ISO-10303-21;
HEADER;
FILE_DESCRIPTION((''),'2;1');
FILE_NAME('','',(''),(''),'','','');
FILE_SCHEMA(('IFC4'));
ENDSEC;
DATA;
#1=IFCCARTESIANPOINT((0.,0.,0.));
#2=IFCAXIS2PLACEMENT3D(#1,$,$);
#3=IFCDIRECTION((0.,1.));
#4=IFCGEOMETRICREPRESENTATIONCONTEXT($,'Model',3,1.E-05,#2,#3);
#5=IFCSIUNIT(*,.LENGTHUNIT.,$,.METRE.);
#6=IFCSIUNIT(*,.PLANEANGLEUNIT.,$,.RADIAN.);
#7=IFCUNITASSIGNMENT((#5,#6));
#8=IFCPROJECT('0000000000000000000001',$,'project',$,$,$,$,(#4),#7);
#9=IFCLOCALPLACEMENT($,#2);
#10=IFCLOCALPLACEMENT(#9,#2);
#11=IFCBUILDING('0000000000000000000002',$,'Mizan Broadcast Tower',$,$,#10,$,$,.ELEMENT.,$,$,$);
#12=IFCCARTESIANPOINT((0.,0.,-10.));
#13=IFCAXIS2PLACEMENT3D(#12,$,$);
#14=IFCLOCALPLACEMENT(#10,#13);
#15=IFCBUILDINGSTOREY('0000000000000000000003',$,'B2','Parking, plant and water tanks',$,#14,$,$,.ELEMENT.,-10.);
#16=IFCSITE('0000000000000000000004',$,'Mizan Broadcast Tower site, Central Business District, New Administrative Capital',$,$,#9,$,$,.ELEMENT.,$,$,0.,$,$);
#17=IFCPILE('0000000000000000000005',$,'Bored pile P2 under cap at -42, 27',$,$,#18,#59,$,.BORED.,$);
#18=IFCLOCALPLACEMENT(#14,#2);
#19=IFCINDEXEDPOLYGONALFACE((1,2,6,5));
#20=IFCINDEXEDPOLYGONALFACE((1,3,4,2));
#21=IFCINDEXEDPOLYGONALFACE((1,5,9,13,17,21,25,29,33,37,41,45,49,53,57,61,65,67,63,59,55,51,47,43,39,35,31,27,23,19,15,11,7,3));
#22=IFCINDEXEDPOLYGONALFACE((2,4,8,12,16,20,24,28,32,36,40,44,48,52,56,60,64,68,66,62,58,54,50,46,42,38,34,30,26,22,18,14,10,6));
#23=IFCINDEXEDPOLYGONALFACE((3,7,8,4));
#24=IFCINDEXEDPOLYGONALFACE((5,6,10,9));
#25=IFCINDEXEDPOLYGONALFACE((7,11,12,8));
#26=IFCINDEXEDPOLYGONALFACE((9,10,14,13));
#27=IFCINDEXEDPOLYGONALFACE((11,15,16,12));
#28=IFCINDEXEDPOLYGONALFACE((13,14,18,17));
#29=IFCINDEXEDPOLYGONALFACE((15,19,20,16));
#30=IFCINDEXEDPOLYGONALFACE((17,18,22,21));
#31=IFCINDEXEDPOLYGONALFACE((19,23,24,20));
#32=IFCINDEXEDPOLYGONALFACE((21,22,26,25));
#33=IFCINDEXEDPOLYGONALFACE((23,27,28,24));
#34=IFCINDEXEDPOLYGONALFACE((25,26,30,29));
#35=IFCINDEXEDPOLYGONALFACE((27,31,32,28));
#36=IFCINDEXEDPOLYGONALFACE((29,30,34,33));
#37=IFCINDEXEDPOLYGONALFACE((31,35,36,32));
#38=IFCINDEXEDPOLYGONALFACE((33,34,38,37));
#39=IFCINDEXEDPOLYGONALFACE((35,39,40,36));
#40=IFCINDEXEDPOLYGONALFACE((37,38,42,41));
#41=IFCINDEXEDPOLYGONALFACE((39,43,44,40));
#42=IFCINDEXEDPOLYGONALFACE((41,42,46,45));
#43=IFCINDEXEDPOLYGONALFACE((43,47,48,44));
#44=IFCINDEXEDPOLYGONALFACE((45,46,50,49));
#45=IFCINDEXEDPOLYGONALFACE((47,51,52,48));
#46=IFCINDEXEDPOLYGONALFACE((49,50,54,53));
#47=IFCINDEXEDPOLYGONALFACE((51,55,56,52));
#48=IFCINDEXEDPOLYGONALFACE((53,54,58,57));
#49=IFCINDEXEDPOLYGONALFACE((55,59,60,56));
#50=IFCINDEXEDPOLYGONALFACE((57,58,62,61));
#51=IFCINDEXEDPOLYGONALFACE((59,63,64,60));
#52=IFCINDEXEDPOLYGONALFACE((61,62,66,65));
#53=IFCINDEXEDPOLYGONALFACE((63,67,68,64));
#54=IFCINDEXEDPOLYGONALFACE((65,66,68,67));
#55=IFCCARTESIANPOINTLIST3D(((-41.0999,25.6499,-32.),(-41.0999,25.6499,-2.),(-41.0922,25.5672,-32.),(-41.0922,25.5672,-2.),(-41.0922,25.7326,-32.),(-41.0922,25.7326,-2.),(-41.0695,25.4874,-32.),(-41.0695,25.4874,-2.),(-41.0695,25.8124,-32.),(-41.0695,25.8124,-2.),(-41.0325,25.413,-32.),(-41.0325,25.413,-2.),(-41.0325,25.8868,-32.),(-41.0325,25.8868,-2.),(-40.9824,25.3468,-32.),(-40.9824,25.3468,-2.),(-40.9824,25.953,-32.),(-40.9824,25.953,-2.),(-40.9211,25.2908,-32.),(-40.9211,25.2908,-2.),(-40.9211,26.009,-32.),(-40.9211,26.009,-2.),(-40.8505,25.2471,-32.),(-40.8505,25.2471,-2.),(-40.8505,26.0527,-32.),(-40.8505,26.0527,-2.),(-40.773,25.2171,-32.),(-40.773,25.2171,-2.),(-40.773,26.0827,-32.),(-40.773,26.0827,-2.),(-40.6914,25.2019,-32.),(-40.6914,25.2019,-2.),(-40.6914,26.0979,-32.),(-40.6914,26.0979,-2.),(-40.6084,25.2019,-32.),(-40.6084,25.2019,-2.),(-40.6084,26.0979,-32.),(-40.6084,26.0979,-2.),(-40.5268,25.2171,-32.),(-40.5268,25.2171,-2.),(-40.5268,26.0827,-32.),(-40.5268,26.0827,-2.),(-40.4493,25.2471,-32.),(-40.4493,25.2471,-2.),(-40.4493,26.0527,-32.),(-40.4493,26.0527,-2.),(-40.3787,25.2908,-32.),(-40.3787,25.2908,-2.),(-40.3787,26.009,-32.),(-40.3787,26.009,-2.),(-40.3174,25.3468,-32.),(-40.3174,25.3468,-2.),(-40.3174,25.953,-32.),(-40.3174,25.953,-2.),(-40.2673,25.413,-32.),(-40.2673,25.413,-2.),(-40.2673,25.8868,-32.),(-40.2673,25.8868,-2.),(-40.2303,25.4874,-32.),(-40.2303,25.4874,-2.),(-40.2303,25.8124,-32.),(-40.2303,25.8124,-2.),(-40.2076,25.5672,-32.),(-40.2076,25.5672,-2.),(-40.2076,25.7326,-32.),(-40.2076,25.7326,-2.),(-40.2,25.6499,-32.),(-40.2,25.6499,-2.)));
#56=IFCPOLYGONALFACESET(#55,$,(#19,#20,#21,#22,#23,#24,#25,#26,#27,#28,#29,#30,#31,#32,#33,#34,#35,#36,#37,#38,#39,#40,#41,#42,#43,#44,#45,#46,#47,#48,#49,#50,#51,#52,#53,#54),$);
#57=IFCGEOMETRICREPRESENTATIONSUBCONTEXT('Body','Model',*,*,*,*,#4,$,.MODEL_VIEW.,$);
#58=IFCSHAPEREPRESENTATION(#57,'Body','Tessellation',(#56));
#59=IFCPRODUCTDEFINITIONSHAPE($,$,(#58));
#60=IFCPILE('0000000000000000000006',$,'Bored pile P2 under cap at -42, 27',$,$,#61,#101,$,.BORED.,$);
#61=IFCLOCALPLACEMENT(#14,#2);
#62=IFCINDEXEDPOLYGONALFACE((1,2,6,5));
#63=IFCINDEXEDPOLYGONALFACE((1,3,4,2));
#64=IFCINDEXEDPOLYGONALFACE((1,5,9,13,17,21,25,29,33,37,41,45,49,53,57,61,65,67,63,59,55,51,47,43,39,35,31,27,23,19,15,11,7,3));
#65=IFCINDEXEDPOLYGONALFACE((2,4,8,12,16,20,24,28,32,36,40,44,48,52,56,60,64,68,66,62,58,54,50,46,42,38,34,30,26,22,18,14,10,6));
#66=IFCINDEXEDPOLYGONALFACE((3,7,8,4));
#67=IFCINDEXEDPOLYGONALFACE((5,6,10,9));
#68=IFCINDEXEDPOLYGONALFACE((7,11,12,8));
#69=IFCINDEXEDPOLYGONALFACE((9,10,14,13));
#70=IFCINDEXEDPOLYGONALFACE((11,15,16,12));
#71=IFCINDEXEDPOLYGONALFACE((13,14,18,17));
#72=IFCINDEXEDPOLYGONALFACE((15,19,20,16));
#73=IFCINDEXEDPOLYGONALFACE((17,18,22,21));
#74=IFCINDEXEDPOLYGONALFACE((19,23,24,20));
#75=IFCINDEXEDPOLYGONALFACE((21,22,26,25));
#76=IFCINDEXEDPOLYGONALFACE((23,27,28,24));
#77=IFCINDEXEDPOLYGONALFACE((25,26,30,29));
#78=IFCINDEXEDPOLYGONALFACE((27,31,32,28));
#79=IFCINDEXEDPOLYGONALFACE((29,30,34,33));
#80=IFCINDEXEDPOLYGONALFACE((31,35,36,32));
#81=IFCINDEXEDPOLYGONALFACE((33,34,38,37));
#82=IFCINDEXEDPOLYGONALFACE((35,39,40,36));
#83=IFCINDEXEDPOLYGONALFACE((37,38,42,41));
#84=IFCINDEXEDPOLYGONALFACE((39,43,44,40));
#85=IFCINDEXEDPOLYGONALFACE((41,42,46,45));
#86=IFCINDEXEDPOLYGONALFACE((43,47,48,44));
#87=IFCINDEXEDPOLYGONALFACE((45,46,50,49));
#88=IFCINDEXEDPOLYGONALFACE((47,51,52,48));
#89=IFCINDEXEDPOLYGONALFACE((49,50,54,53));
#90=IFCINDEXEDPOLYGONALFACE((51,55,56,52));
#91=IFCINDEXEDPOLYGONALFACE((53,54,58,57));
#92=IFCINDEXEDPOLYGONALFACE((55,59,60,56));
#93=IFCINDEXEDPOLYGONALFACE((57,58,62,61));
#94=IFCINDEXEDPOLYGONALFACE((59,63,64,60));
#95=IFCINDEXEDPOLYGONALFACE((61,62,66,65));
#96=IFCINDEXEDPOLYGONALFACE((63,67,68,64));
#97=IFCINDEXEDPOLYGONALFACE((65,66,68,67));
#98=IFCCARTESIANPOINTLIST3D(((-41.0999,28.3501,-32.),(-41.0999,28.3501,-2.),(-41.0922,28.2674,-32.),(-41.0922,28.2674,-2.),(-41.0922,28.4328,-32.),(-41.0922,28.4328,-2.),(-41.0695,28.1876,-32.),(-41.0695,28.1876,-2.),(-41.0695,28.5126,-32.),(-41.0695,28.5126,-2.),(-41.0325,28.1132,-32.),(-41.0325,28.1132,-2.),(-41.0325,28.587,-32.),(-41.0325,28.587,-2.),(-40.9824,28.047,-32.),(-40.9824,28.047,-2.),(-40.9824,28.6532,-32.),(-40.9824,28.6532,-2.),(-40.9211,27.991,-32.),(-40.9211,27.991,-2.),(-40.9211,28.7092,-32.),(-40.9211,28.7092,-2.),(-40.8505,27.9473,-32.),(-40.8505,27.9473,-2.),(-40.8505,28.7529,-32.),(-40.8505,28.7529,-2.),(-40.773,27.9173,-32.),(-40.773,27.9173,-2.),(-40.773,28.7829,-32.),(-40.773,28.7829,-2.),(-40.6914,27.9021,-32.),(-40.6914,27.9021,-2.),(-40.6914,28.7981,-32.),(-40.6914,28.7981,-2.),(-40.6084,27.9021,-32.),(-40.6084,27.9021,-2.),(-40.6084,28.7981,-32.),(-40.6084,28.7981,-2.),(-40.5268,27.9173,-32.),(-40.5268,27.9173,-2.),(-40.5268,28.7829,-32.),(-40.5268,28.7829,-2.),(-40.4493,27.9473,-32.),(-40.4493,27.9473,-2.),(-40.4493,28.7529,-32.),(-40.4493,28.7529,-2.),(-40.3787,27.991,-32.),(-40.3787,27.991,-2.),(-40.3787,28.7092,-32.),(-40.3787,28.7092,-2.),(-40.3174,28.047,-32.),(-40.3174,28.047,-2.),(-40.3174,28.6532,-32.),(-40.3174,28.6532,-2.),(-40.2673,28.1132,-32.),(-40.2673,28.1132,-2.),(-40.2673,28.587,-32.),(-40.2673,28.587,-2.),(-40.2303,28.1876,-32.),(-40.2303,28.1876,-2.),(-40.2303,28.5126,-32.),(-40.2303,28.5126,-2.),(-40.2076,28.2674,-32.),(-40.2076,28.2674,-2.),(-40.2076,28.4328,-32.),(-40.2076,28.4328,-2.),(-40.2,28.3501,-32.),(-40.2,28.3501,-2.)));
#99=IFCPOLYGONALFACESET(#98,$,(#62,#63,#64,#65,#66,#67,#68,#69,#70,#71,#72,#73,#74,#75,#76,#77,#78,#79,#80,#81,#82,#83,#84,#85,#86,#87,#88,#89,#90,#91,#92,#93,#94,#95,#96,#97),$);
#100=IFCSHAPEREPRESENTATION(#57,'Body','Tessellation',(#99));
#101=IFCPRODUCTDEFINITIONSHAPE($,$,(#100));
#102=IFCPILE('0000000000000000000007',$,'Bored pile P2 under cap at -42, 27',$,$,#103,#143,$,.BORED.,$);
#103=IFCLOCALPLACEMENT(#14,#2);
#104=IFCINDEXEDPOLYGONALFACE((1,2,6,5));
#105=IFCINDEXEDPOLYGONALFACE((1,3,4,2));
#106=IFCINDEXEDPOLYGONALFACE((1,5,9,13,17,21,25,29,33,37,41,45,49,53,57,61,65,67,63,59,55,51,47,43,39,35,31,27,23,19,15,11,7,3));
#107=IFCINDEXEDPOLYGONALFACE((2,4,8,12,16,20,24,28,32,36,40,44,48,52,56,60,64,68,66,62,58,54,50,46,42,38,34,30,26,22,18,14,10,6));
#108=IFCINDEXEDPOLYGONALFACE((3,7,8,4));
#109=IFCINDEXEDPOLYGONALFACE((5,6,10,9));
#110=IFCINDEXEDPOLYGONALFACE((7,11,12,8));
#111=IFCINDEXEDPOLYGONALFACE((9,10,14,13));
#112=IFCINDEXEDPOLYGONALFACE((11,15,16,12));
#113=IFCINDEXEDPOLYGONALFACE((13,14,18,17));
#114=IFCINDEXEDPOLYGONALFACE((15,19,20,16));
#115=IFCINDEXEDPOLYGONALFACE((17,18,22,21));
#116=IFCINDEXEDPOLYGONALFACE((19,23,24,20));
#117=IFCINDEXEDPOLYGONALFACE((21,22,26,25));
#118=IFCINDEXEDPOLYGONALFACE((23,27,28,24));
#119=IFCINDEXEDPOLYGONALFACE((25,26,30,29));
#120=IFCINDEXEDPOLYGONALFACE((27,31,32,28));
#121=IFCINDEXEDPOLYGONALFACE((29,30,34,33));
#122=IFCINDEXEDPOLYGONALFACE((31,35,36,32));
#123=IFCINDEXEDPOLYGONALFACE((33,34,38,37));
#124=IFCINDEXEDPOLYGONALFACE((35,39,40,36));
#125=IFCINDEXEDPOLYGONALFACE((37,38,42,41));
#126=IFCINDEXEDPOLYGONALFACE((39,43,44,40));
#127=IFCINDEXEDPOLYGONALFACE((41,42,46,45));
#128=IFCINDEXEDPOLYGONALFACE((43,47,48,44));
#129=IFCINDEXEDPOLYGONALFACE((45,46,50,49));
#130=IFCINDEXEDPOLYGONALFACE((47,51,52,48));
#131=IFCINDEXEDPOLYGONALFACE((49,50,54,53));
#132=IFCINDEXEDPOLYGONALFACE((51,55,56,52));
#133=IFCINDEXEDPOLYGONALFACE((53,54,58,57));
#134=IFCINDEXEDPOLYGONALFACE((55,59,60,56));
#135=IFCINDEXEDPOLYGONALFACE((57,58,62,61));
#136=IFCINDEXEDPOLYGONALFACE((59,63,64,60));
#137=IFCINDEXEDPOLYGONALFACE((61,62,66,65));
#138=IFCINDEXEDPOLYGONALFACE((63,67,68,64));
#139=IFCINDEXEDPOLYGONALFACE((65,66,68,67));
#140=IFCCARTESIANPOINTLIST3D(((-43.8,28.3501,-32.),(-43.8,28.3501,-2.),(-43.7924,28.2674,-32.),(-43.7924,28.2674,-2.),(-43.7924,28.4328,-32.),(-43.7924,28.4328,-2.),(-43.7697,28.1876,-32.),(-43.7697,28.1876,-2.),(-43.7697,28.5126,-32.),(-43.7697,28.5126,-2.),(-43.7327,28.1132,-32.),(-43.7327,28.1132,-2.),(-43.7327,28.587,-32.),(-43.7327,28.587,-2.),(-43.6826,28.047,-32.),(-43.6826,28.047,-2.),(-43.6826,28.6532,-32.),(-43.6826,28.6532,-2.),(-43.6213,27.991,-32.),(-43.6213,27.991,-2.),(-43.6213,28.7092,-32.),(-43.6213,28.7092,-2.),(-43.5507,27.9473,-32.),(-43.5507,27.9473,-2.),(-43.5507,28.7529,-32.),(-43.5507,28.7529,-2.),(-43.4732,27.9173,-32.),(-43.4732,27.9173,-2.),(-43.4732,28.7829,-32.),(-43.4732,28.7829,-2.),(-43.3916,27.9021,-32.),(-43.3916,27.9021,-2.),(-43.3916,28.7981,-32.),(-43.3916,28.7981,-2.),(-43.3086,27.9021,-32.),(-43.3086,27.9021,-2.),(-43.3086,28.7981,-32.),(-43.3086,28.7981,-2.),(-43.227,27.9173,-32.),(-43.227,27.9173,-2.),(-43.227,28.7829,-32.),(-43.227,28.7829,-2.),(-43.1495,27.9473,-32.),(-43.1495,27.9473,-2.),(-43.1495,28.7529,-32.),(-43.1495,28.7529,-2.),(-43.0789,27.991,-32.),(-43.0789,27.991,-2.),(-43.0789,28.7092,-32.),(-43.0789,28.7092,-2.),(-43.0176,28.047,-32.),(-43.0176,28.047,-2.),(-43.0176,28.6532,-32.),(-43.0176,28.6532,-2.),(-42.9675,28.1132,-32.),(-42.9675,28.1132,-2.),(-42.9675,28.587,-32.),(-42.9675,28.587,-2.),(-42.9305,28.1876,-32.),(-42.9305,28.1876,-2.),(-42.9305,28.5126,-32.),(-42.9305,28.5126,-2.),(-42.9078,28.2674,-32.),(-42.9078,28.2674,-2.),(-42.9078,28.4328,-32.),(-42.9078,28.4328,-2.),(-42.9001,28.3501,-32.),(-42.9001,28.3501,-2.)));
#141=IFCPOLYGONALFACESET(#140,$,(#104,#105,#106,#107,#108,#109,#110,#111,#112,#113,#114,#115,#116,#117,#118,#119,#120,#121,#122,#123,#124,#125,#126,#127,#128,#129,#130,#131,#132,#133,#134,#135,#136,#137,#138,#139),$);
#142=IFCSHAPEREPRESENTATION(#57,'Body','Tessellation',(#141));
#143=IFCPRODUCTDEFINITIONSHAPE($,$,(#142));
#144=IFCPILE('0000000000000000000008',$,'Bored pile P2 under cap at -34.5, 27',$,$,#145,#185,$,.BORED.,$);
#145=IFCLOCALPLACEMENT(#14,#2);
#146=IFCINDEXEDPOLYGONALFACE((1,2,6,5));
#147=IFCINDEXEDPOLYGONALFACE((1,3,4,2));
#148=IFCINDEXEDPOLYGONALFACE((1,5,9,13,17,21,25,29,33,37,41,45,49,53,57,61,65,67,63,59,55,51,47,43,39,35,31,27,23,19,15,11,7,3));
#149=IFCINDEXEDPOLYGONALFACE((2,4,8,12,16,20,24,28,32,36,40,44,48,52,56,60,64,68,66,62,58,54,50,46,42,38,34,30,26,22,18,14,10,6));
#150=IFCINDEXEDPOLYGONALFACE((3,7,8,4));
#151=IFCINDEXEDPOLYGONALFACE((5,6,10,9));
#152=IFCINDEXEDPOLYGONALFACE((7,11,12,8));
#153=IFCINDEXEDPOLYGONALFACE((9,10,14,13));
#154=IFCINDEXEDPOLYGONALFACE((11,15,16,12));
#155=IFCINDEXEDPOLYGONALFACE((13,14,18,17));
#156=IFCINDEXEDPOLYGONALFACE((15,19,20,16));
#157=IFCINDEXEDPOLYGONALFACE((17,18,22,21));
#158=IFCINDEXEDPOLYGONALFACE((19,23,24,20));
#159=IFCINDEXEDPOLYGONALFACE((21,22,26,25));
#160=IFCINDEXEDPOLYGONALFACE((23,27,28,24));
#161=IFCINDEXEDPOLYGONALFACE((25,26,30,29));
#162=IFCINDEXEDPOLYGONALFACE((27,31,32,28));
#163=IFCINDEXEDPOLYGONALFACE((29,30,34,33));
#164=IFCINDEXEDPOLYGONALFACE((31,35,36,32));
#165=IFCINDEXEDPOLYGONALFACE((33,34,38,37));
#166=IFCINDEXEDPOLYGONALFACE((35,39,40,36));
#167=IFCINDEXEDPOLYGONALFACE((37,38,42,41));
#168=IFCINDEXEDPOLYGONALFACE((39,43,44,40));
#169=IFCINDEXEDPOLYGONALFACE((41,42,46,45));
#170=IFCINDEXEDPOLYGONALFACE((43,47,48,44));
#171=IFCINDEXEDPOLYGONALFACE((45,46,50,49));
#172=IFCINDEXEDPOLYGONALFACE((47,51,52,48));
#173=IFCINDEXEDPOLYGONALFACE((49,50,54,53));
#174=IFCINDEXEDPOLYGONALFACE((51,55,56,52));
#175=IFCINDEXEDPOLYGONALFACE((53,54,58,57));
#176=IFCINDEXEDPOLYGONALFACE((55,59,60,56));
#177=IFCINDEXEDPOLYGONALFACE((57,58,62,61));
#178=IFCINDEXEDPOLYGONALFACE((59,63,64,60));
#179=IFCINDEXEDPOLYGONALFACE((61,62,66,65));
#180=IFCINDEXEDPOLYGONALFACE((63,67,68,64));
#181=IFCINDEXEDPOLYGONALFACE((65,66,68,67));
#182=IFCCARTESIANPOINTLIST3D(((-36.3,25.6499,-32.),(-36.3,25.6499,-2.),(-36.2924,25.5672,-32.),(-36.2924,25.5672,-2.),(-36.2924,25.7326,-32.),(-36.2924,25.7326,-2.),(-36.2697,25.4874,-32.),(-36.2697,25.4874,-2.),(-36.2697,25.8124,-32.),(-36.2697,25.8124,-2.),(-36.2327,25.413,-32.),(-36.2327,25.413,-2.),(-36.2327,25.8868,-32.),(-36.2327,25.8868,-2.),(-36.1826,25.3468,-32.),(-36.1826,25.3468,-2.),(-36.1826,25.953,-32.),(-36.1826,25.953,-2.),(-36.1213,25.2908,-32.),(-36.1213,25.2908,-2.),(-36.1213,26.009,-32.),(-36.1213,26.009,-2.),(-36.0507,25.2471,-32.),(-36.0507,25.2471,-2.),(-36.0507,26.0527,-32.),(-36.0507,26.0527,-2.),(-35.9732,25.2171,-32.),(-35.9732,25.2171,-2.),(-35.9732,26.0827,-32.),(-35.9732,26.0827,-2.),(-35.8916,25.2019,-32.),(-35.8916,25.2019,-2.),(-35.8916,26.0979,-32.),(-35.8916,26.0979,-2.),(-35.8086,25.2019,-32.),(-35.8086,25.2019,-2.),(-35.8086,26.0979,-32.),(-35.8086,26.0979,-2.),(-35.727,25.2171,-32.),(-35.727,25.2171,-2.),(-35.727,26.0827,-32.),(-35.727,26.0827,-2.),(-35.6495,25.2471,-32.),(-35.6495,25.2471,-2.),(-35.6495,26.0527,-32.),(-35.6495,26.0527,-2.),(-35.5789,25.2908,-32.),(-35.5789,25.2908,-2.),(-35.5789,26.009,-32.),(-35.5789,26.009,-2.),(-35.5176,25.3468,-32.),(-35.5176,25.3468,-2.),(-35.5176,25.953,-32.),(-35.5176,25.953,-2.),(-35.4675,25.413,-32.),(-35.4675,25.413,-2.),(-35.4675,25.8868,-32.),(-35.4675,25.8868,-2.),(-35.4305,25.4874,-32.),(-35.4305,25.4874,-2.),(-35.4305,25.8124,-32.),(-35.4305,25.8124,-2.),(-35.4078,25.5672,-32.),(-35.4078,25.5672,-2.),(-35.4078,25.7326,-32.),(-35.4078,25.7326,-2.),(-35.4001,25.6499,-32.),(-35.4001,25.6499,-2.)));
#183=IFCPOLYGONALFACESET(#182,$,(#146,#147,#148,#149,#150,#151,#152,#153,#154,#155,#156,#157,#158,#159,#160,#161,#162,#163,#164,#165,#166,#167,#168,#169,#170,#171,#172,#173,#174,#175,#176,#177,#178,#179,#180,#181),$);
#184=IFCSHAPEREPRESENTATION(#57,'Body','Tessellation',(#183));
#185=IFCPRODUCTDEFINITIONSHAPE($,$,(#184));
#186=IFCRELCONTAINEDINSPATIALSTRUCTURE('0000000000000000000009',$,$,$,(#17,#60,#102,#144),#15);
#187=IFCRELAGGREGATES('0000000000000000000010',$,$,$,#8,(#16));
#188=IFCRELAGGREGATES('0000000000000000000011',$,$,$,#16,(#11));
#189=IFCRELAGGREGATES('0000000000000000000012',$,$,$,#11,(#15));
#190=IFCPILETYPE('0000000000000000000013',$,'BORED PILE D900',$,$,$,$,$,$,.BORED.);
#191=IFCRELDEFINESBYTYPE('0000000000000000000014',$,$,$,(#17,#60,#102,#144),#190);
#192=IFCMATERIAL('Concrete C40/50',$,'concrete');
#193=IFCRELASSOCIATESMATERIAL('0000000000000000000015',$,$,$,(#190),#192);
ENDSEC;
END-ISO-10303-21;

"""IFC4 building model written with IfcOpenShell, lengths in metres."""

from ifc_helpers import new_model, si_unit, direction, frame, origin, origin_2d, place, context, subcontext, project, spatial, circle, extrude, material, material_profile, profile_set, type_object, element, save


model = new_model("IFC4")

# Units and contexts
model_context = context("Model", 3, precision=1e-05, world=origin(), true_north=direction((0.0, 1.0)))
body_context = subcontext(model_context, "Body", "Model", "MODEL_VIEW")
ifc_project = project(units=[si_unit("LENGTHUNIT", "METRE"), si_unit("PLANEANGLEUNIT", "RADIAN")], contexts=[model_context])

# Site, building, storey
site_placement = place(None, origin())
site = spatial("IfcSite", under=ifc_project, at=site_placement, Name="Mizan Broadcast Tower site, Central Business District, New Administrative Capital", CompositionType="ELEMENT", RefElevation=0.0)
building_placement = place(site_placement, origin())
building = spatial("IfcBuilding", under=site, at=building_placement, Name="Mizan Broadcast Tower", CompositionType="ELEMENT")
storey_placement = place(building_placement, frame((0.0, 0.0, -10.0)))
storey = spatial("IfcBuildingStorey", under=building, at=storey_placement, Name="B2", Description="Parking, plant and water tanks", CompositionType="ELEMENT", Elevation=-10.0)

# Piles
ifc_material_1 = material(Name="Concrete C40/50", Category="concrete")
ifc_material_profile_1 = material_profile(ifc_material_1, circle(Radius=0.45, at=origin_2d()), Name="D900")
ifc_profile_set_1 = profile_set([ifc_material_profile_1], Name="Concrete C40/50")
pile_type = type_object("IfcPileType", Name="BORED PILE D900", PredefinedType="BORED", material=ifc_profile_set_1)
for number, where, z_axis, x_axis, name in (
    (1, (-40.6499, 25.6499, -2.0), (0.0, 0.0, -1.0), (1.0, 0.0, 0.0), "Bored pile P2 under cap at -42, 27"),
    (2, (-40.6499, 28.3501, -2.0), (0.0, 0.0, -1.0), (1.0, 0.0, 0.0), "Bored pile P2 under cap at -42, 27"),
    (3, (-43.3501, 28.3501, -2.0), (0.0, 0.0, -1.0), (1.0, 0.0, 0.0), "Bored pile P2 under cap at -42, 27"),
    (4, (-35.8501, 25.6499, -2.0), (0.0, 0.0, -1.0), (1.0, 0.0, 0.0), "Bored pile P2 under cap at -34.5, 27"),
):
    element("IfcPile", number, at=place(storey_placement, frame(where, z_axis=z_axis, x_axis=x_axis)), inside=storey, type_object=pile_type, Name=name, PredefinedType="BORED", context=body_context, shape_type="SweptSolid", body=[
        extrude(circle(Radius=0.45, at=origin_2d()), origin(), (0.0, 0.0, 1.0), 30.0),
    ])

save(model, "model.ifc")
